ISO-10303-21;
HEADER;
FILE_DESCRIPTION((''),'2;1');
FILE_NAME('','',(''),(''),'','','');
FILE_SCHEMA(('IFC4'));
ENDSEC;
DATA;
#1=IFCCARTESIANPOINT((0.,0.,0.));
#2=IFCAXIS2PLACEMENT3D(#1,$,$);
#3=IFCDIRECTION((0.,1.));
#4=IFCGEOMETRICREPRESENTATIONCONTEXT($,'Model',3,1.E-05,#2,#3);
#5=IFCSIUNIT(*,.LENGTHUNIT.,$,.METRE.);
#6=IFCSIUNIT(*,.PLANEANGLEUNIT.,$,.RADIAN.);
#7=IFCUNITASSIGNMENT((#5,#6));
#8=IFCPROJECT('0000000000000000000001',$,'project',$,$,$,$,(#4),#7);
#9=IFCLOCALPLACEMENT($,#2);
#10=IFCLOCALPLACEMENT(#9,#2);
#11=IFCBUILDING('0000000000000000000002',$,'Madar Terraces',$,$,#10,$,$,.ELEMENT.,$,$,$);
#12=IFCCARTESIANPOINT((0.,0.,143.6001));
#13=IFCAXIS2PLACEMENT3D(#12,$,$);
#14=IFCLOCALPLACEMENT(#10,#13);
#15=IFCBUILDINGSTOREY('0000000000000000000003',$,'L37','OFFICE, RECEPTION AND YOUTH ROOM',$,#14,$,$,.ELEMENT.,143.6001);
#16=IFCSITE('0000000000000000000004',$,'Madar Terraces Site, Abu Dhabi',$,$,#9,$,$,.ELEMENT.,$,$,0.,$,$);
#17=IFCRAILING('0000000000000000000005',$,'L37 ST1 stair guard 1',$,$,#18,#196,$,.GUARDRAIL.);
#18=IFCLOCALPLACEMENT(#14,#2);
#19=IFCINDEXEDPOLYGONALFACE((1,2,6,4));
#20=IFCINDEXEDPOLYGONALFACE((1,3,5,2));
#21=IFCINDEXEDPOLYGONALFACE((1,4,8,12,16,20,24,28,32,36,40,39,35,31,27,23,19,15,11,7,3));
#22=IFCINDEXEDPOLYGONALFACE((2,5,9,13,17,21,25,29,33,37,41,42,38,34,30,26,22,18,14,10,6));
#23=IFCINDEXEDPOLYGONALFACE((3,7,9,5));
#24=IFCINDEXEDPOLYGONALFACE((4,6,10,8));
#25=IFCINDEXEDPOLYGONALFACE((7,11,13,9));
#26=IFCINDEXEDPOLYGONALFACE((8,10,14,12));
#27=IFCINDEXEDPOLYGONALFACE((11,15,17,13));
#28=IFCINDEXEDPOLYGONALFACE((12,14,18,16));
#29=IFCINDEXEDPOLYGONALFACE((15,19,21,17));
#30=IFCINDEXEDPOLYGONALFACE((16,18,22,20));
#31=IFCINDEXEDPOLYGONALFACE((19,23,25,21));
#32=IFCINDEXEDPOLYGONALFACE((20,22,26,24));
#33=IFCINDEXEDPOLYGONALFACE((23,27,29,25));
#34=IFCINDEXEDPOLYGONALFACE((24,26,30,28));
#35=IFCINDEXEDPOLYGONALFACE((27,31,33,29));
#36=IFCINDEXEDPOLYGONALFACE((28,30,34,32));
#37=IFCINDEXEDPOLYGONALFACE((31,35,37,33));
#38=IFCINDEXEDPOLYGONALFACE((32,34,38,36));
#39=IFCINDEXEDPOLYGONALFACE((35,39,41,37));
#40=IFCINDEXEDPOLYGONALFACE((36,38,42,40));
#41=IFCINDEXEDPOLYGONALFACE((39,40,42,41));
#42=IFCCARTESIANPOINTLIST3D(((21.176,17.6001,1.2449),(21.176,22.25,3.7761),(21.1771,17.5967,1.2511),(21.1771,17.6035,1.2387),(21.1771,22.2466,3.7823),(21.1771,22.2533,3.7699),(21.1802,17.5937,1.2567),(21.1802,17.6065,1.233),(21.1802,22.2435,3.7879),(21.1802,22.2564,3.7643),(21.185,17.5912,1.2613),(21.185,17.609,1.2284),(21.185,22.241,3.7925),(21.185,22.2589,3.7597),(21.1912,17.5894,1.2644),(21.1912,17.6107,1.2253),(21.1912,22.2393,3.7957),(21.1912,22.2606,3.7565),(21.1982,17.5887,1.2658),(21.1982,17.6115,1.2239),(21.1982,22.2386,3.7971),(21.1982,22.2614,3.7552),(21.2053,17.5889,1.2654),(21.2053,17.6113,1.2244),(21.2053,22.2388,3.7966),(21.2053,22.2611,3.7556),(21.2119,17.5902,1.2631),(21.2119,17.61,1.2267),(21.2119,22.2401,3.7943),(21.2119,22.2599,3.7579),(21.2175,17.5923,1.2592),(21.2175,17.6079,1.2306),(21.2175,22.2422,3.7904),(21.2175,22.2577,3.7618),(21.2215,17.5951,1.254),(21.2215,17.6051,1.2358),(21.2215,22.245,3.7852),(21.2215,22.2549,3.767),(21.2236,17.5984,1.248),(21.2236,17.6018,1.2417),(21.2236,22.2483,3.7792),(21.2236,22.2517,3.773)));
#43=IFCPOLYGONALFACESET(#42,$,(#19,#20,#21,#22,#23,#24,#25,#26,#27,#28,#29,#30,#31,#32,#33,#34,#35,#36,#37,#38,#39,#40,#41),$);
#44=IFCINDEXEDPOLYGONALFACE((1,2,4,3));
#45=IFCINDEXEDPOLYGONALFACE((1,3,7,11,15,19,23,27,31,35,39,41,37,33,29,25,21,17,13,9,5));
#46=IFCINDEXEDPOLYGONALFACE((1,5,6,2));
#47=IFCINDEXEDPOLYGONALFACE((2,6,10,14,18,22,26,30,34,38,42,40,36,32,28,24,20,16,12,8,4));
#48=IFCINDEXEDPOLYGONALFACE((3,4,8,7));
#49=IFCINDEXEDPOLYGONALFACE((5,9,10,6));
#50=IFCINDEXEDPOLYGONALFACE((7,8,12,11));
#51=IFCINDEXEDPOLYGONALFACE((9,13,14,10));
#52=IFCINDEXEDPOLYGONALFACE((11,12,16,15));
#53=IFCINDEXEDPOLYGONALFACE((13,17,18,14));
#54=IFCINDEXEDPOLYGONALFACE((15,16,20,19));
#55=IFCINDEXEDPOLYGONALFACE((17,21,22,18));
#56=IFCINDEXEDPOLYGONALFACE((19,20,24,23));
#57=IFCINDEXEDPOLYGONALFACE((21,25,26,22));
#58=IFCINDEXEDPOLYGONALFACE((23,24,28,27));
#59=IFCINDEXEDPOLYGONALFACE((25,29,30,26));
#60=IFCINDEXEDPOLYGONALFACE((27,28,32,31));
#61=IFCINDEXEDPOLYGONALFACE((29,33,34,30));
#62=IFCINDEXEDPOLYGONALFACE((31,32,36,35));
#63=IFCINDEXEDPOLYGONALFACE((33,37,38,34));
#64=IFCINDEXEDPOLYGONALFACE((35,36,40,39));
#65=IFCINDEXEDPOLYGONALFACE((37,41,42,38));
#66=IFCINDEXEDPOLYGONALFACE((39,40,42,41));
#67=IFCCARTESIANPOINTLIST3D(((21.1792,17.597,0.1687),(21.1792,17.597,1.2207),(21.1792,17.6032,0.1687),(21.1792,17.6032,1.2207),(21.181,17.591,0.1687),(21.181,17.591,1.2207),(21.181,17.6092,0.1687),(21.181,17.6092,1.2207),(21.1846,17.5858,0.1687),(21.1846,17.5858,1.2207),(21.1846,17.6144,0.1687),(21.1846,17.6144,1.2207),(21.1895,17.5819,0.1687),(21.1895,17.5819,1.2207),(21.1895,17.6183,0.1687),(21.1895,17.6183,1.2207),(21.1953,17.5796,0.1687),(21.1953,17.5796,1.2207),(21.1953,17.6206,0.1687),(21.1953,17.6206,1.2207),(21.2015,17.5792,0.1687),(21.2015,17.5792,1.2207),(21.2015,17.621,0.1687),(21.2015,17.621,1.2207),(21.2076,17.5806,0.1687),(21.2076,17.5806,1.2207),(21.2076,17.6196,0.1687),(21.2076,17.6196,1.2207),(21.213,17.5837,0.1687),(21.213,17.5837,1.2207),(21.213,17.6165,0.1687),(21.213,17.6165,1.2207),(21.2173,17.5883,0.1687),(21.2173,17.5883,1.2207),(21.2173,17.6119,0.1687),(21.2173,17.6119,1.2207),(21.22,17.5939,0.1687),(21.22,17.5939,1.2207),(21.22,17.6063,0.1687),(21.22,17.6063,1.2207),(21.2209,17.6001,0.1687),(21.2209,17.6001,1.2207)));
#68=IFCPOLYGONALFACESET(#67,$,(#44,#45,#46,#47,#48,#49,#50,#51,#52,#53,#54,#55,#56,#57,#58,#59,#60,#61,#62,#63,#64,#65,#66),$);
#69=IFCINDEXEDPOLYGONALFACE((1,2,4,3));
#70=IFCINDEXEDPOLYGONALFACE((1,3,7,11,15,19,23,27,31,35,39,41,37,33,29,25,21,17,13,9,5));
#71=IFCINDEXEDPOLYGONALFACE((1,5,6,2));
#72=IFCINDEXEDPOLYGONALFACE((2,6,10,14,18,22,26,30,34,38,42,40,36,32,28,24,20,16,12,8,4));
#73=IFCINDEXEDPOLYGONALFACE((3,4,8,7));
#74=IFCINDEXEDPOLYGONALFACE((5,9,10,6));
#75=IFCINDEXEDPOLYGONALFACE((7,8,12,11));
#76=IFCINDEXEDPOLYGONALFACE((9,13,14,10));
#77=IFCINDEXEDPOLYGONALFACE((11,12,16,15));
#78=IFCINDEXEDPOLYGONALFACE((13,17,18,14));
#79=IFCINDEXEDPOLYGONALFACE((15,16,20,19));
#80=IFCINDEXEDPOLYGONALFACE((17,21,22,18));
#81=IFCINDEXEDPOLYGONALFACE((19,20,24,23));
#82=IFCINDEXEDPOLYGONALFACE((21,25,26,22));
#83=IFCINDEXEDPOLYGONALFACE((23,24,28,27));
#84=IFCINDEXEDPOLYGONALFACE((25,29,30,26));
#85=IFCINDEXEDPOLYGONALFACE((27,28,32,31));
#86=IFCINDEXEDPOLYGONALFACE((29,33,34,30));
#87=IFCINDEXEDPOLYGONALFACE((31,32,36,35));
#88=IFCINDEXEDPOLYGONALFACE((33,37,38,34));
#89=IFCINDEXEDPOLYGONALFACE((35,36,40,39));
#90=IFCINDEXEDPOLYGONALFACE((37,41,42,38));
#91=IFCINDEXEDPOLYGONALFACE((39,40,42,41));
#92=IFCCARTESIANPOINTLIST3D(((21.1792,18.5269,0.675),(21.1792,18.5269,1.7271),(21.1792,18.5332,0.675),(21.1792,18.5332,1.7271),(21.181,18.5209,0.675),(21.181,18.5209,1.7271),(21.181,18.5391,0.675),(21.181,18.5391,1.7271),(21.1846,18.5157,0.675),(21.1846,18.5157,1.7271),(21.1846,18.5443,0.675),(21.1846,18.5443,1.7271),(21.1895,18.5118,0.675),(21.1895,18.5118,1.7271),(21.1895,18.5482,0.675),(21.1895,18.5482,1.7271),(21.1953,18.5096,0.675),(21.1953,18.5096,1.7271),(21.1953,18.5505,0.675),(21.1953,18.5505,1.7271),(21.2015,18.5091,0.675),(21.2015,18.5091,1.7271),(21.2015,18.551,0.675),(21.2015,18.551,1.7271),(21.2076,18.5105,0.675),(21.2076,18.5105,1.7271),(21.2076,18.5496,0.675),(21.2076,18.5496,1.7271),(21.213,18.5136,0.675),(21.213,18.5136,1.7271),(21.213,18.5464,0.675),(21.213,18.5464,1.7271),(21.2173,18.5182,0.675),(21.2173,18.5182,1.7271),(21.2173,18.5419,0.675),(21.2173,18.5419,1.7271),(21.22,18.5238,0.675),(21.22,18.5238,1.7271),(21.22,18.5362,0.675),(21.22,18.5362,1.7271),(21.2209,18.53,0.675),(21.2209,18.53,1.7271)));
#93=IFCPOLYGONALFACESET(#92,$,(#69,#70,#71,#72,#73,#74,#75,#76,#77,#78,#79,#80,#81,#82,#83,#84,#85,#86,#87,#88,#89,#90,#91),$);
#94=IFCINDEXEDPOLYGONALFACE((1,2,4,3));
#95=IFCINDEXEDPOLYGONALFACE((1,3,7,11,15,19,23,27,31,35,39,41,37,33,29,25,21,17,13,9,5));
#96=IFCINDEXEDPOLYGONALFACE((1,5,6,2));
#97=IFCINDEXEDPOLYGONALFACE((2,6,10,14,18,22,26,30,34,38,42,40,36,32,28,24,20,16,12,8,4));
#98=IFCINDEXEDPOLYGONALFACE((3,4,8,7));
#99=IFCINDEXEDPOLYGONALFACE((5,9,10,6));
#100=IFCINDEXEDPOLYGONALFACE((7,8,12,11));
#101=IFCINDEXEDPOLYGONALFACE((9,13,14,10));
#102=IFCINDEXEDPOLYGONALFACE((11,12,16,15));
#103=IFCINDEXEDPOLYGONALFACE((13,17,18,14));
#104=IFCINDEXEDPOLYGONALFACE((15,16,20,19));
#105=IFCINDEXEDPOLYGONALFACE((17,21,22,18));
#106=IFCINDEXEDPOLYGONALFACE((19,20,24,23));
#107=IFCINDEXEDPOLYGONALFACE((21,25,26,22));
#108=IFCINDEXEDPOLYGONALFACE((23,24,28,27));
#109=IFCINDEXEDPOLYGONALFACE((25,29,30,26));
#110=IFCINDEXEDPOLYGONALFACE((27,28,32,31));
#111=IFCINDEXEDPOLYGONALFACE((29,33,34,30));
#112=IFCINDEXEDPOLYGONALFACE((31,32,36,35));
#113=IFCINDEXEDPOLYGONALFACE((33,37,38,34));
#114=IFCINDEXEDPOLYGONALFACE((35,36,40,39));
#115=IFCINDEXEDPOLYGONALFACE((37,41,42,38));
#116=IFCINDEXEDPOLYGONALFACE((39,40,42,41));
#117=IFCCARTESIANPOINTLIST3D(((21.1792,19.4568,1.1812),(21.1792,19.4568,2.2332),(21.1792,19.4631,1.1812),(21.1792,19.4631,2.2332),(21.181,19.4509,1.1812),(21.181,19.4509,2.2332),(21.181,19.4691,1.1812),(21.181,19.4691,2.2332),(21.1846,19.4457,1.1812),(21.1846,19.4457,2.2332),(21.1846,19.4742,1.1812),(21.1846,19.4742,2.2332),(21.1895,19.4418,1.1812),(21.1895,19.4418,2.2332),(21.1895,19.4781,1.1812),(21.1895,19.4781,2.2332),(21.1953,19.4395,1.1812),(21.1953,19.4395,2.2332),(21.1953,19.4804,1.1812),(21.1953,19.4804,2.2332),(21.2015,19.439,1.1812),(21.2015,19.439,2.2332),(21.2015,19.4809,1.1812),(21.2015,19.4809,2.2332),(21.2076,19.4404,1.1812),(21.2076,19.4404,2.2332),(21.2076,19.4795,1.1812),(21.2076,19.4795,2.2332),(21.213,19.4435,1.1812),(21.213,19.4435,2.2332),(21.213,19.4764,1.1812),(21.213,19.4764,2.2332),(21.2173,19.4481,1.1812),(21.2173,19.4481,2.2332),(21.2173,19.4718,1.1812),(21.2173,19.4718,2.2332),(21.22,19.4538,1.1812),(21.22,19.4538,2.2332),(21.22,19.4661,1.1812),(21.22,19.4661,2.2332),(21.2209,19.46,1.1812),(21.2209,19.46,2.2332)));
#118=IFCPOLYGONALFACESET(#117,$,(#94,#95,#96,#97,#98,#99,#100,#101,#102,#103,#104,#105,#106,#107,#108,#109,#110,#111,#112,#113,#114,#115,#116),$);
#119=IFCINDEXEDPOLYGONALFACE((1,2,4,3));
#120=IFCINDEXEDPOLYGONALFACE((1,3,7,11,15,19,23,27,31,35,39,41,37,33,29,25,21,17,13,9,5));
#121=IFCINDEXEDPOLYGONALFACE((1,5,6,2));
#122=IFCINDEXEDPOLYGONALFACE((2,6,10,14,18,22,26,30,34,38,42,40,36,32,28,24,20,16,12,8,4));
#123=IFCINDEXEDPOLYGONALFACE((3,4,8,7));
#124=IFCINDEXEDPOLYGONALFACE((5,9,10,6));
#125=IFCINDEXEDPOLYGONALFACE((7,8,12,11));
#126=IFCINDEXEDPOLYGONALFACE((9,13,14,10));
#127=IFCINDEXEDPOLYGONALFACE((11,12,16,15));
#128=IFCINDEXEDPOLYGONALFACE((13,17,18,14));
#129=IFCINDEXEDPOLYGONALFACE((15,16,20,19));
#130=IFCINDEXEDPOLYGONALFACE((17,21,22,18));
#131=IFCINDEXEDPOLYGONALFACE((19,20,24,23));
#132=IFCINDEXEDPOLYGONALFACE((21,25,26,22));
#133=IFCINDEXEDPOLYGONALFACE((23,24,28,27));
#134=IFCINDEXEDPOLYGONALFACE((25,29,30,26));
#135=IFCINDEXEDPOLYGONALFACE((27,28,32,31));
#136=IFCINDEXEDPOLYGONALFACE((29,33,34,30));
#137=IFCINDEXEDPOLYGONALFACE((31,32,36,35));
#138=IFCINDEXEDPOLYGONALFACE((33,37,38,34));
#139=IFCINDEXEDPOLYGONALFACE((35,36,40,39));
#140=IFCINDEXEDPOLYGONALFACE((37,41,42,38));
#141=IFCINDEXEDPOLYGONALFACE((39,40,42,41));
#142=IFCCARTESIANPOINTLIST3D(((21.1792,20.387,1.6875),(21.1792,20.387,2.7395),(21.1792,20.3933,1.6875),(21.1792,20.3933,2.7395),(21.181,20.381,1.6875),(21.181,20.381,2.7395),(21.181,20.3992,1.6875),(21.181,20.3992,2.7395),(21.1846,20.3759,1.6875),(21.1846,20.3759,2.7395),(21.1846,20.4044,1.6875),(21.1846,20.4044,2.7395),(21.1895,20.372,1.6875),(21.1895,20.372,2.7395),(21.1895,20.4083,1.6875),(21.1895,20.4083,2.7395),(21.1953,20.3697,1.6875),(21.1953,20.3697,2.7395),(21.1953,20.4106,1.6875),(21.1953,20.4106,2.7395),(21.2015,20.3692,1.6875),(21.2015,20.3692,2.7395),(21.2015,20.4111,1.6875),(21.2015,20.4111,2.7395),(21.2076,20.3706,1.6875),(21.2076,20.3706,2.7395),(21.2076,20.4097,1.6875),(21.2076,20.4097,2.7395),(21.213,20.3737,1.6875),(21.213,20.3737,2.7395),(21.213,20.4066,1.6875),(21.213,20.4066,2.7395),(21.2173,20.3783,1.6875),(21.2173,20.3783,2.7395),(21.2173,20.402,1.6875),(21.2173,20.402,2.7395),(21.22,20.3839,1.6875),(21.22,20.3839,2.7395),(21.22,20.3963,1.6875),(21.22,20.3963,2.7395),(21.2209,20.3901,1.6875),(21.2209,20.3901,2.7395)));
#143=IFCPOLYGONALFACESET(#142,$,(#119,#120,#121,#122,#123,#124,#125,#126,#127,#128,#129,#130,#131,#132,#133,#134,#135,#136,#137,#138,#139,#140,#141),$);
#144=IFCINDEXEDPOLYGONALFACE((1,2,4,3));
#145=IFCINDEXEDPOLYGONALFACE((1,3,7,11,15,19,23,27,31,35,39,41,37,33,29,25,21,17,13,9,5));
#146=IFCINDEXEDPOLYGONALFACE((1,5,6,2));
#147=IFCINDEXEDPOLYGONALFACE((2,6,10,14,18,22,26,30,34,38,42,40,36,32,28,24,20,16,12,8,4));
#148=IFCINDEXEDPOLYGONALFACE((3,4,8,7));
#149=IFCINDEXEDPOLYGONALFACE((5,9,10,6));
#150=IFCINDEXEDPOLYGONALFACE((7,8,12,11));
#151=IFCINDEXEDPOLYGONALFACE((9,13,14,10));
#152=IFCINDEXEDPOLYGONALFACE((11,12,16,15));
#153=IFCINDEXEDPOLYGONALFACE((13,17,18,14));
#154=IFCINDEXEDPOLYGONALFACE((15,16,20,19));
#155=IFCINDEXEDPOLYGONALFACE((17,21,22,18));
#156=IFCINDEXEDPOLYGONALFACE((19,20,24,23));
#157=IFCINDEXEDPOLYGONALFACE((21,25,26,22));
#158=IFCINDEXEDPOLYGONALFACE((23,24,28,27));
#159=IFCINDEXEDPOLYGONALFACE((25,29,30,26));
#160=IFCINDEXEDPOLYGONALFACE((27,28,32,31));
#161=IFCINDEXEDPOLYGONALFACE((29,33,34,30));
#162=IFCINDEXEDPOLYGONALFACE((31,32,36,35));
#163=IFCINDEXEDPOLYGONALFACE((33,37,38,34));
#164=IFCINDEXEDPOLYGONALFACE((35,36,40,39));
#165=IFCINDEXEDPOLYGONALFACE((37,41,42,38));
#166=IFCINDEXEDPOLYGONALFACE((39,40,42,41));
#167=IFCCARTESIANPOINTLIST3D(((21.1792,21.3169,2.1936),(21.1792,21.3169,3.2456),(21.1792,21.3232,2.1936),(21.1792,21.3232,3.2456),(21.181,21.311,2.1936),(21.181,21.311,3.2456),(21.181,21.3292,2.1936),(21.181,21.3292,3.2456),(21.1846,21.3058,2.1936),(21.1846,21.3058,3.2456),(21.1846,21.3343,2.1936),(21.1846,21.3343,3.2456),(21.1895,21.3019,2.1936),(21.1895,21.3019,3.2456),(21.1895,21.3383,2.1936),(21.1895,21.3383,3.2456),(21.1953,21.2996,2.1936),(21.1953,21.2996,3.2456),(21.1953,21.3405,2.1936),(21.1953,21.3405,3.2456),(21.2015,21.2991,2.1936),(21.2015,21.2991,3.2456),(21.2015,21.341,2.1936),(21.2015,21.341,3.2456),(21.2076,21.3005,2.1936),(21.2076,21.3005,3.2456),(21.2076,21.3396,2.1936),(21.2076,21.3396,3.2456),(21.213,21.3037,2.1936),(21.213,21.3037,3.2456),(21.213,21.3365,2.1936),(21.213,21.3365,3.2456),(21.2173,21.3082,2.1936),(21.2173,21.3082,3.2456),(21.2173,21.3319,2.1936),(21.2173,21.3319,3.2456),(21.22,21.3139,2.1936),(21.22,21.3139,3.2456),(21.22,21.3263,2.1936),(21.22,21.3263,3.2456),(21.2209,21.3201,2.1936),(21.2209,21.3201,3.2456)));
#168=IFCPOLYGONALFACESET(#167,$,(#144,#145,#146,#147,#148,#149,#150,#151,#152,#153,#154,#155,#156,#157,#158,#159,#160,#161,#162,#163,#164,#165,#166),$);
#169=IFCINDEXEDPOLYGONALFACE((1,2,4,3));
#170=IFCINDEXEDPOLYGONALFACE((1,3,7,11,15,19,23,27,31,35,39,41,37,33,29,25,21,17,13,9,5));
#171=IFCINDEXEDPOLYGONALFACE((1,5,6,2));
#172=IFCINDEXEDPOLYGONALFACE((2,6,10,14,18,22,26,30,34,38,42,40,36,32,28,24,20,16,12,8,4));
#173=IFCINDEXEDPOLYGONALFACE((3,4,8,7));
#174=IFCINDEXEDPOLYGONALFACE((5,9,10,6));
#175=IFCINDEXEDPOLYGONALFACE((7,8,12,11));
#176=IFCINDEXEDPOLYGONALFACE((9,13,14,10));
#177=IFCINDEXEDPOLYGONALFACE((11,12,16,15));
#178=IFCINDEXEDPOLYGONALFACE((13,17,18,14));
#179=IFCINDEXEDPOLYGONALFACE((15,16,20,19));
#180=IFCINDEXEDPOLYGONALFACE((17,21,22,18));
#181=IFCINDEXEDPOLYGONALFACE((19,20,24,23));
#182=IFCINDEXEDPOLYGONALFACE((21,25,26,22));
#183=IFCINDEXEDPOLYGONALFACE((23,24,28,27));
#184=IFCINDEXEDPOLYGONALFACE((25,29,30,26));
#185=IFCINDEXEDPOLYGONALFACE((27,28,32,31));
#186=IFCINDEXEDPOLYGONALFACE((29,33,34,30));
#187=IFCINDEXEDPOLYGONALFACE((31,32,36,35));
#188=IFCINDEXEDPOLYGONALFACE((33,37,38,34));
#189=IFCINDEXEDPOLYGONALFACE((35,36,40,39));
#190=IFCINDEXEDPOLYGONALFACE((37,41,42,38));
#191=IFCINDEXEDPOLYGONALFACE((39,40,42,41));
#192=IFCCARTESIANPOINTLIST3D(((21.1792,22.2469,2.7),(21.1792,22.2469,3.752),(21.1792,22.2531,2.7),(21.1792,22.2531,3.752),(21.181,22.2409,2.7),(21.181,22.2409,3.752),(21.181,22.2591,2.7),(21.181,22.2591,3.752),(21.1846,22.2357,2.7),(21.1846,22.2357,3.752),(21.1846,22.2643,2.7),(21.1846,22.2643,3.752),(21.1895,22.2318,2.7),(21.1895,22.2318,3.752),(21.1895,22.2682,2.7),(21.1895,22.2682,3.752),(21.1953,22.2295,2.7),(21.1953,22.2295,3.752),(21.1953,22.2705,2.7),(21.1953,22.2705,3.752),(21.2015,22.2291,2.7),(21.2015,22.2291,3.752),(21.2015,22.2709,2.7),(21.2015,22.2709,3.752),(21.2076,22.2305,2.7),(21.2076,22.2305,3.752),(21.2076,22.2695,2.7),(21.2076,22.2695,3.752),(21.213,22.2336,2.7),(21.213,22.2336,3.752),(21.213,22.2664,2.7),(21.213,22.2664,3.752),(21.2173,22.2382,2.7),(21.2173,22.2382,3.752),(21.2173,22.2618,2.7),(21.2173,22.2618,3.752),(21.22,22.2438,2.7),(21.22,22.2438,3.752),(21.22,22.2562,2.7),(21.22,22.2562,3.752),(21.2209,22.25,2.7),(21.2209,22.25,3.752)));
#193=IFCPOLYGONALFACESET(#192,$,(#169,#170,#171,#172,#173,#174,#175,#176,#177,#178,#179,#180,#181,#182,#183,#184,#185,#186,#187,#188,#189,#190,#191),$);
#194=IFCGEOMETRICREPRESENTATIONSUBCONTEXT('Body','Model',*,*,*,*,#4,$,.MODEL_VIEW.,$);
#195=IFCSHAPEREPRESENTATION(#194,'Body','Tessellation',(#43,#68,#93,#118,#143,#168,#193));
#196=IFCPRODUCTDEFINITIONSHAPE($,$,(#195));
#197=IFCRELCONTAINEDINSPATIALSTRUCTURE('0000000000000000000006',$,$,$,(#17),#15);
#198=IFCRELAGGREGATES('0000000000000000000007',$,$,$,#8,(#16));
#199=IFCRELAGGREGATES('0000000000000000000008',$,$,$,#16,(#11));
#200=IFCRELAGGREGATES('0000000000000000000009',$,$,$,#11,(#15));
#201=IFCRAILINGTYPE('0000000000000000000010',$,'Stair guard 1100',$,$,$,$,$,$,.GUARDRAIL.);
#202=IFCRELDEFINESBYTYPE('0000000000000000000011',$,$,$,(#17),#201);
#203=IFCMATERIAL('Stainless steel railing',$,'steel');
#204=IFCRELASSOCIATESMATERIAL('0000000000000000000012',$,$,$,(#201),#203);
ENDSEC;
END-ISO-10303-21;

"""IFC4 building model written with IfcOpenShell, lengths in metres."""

from ifc_helpers import new_model, si_unit, direction, frame, origin, origin_2d, place, context, subcontext, project, spatial, circle, extrude, material, type_object, element, save


model = new_model("IFC4")

# Units and contexts
model_context = context("Model", 3, precision=1e-05, world=origin(), true_north=direction((0.0, 1.0)))
body_context = subcontext(model_context, "Body", "Model", "MODEL_VIEW")
ifc_project = project(units=[si_unit("LENGTHUNIT", "METRE"), si_unit("PLANEANGLEUNIT", "RADIAN")], contexts=[model_context])

# Site, building, storey
site_placement = place(None, origin())
site = spatial("IfcSite", under=ifc_project, at=site_placement, Name="Madar Terraces Site, Abu Dhabi", CompositionType="ELEMENT", RefElevation=0.0)
building_placement = place(site_placement, origin())
building = spatial("IfcBuilding", under=site, at=building_placement, Name="Madar Terraces", CompositionType="ELEMENT")
storey_placement = place(building_placement, frame((0.0, 0.0, 143.6001)))
storey = spatial("IfcBuildingStorey", under=building, at=storey_placement, Name="L37", Description="OFFICE, RECEPTION AND YOUTH ROOM", CompositionType="ELEMENT", Elevation=143.6001)

# Railing
ifc_material_1 = material(Name="Stainless steel railing", Category="steel")
railing_type_1 = type_object("IfcRailingType", Name="Stair guard 1100", PredefinedType="GUARDRAIL", material=ifc_material_1)
railing_1_placement = place(storey_placement, frame((21.2, 17.6001, 0.1687)))
element("IfcRailing", 1, at=railing_1_placement, inside=storey, type_object=railing_type_1, Name="L37 ST1 stair guard 1", PredefinedType="GUARDRAIL", context=body_context, shape_type="SweptSolid", body=[
    extrude(circle(Radius=0.0239, at=origin_2d()), frame((0.0, 0.0, 1.0762), z_axis=(0.0, 0.878297, 0.478115), x_axis=(-1.0, 0.0, 0.0)), (0.0, 0.0, 1.0), 5.2942),
    extrude(circle(Radius=0.021, at=origin_2d()), origin(), (0.0, 0.0, 1.0), 1.052),
    extrude(circle(Radius=0.021, at=origin_2d()), frame((0.0, 0.9299, 0.5063)), (0.0, 0.0, 1.0), 1.052),
    extrude(circle(Radius=0.021, at=origin_2d()), frame((0.0, 1.8599, 1.0125)), (0.0, 0.0, 1.0), 1.052),
    extrude(circle(Radius=0.021, at=origin_2d()), frame((0.0, 2.79, 1.5188)), (0.0, 0.0, 1.0), 1.052),
    extrude(circle(Radius=0.021, at=origin_2d()), frame((0.0, 3.72, 2.0249)), (0.0, 0.0, 1.0), 1.052),
    extrude(circle(Radius=0.021, at=origin_2d()), frame((0.0, 4.6499, 2.5312)), (0.0, 0.0, 1.0), 1.052),
])

save(model, "model.ifc")
